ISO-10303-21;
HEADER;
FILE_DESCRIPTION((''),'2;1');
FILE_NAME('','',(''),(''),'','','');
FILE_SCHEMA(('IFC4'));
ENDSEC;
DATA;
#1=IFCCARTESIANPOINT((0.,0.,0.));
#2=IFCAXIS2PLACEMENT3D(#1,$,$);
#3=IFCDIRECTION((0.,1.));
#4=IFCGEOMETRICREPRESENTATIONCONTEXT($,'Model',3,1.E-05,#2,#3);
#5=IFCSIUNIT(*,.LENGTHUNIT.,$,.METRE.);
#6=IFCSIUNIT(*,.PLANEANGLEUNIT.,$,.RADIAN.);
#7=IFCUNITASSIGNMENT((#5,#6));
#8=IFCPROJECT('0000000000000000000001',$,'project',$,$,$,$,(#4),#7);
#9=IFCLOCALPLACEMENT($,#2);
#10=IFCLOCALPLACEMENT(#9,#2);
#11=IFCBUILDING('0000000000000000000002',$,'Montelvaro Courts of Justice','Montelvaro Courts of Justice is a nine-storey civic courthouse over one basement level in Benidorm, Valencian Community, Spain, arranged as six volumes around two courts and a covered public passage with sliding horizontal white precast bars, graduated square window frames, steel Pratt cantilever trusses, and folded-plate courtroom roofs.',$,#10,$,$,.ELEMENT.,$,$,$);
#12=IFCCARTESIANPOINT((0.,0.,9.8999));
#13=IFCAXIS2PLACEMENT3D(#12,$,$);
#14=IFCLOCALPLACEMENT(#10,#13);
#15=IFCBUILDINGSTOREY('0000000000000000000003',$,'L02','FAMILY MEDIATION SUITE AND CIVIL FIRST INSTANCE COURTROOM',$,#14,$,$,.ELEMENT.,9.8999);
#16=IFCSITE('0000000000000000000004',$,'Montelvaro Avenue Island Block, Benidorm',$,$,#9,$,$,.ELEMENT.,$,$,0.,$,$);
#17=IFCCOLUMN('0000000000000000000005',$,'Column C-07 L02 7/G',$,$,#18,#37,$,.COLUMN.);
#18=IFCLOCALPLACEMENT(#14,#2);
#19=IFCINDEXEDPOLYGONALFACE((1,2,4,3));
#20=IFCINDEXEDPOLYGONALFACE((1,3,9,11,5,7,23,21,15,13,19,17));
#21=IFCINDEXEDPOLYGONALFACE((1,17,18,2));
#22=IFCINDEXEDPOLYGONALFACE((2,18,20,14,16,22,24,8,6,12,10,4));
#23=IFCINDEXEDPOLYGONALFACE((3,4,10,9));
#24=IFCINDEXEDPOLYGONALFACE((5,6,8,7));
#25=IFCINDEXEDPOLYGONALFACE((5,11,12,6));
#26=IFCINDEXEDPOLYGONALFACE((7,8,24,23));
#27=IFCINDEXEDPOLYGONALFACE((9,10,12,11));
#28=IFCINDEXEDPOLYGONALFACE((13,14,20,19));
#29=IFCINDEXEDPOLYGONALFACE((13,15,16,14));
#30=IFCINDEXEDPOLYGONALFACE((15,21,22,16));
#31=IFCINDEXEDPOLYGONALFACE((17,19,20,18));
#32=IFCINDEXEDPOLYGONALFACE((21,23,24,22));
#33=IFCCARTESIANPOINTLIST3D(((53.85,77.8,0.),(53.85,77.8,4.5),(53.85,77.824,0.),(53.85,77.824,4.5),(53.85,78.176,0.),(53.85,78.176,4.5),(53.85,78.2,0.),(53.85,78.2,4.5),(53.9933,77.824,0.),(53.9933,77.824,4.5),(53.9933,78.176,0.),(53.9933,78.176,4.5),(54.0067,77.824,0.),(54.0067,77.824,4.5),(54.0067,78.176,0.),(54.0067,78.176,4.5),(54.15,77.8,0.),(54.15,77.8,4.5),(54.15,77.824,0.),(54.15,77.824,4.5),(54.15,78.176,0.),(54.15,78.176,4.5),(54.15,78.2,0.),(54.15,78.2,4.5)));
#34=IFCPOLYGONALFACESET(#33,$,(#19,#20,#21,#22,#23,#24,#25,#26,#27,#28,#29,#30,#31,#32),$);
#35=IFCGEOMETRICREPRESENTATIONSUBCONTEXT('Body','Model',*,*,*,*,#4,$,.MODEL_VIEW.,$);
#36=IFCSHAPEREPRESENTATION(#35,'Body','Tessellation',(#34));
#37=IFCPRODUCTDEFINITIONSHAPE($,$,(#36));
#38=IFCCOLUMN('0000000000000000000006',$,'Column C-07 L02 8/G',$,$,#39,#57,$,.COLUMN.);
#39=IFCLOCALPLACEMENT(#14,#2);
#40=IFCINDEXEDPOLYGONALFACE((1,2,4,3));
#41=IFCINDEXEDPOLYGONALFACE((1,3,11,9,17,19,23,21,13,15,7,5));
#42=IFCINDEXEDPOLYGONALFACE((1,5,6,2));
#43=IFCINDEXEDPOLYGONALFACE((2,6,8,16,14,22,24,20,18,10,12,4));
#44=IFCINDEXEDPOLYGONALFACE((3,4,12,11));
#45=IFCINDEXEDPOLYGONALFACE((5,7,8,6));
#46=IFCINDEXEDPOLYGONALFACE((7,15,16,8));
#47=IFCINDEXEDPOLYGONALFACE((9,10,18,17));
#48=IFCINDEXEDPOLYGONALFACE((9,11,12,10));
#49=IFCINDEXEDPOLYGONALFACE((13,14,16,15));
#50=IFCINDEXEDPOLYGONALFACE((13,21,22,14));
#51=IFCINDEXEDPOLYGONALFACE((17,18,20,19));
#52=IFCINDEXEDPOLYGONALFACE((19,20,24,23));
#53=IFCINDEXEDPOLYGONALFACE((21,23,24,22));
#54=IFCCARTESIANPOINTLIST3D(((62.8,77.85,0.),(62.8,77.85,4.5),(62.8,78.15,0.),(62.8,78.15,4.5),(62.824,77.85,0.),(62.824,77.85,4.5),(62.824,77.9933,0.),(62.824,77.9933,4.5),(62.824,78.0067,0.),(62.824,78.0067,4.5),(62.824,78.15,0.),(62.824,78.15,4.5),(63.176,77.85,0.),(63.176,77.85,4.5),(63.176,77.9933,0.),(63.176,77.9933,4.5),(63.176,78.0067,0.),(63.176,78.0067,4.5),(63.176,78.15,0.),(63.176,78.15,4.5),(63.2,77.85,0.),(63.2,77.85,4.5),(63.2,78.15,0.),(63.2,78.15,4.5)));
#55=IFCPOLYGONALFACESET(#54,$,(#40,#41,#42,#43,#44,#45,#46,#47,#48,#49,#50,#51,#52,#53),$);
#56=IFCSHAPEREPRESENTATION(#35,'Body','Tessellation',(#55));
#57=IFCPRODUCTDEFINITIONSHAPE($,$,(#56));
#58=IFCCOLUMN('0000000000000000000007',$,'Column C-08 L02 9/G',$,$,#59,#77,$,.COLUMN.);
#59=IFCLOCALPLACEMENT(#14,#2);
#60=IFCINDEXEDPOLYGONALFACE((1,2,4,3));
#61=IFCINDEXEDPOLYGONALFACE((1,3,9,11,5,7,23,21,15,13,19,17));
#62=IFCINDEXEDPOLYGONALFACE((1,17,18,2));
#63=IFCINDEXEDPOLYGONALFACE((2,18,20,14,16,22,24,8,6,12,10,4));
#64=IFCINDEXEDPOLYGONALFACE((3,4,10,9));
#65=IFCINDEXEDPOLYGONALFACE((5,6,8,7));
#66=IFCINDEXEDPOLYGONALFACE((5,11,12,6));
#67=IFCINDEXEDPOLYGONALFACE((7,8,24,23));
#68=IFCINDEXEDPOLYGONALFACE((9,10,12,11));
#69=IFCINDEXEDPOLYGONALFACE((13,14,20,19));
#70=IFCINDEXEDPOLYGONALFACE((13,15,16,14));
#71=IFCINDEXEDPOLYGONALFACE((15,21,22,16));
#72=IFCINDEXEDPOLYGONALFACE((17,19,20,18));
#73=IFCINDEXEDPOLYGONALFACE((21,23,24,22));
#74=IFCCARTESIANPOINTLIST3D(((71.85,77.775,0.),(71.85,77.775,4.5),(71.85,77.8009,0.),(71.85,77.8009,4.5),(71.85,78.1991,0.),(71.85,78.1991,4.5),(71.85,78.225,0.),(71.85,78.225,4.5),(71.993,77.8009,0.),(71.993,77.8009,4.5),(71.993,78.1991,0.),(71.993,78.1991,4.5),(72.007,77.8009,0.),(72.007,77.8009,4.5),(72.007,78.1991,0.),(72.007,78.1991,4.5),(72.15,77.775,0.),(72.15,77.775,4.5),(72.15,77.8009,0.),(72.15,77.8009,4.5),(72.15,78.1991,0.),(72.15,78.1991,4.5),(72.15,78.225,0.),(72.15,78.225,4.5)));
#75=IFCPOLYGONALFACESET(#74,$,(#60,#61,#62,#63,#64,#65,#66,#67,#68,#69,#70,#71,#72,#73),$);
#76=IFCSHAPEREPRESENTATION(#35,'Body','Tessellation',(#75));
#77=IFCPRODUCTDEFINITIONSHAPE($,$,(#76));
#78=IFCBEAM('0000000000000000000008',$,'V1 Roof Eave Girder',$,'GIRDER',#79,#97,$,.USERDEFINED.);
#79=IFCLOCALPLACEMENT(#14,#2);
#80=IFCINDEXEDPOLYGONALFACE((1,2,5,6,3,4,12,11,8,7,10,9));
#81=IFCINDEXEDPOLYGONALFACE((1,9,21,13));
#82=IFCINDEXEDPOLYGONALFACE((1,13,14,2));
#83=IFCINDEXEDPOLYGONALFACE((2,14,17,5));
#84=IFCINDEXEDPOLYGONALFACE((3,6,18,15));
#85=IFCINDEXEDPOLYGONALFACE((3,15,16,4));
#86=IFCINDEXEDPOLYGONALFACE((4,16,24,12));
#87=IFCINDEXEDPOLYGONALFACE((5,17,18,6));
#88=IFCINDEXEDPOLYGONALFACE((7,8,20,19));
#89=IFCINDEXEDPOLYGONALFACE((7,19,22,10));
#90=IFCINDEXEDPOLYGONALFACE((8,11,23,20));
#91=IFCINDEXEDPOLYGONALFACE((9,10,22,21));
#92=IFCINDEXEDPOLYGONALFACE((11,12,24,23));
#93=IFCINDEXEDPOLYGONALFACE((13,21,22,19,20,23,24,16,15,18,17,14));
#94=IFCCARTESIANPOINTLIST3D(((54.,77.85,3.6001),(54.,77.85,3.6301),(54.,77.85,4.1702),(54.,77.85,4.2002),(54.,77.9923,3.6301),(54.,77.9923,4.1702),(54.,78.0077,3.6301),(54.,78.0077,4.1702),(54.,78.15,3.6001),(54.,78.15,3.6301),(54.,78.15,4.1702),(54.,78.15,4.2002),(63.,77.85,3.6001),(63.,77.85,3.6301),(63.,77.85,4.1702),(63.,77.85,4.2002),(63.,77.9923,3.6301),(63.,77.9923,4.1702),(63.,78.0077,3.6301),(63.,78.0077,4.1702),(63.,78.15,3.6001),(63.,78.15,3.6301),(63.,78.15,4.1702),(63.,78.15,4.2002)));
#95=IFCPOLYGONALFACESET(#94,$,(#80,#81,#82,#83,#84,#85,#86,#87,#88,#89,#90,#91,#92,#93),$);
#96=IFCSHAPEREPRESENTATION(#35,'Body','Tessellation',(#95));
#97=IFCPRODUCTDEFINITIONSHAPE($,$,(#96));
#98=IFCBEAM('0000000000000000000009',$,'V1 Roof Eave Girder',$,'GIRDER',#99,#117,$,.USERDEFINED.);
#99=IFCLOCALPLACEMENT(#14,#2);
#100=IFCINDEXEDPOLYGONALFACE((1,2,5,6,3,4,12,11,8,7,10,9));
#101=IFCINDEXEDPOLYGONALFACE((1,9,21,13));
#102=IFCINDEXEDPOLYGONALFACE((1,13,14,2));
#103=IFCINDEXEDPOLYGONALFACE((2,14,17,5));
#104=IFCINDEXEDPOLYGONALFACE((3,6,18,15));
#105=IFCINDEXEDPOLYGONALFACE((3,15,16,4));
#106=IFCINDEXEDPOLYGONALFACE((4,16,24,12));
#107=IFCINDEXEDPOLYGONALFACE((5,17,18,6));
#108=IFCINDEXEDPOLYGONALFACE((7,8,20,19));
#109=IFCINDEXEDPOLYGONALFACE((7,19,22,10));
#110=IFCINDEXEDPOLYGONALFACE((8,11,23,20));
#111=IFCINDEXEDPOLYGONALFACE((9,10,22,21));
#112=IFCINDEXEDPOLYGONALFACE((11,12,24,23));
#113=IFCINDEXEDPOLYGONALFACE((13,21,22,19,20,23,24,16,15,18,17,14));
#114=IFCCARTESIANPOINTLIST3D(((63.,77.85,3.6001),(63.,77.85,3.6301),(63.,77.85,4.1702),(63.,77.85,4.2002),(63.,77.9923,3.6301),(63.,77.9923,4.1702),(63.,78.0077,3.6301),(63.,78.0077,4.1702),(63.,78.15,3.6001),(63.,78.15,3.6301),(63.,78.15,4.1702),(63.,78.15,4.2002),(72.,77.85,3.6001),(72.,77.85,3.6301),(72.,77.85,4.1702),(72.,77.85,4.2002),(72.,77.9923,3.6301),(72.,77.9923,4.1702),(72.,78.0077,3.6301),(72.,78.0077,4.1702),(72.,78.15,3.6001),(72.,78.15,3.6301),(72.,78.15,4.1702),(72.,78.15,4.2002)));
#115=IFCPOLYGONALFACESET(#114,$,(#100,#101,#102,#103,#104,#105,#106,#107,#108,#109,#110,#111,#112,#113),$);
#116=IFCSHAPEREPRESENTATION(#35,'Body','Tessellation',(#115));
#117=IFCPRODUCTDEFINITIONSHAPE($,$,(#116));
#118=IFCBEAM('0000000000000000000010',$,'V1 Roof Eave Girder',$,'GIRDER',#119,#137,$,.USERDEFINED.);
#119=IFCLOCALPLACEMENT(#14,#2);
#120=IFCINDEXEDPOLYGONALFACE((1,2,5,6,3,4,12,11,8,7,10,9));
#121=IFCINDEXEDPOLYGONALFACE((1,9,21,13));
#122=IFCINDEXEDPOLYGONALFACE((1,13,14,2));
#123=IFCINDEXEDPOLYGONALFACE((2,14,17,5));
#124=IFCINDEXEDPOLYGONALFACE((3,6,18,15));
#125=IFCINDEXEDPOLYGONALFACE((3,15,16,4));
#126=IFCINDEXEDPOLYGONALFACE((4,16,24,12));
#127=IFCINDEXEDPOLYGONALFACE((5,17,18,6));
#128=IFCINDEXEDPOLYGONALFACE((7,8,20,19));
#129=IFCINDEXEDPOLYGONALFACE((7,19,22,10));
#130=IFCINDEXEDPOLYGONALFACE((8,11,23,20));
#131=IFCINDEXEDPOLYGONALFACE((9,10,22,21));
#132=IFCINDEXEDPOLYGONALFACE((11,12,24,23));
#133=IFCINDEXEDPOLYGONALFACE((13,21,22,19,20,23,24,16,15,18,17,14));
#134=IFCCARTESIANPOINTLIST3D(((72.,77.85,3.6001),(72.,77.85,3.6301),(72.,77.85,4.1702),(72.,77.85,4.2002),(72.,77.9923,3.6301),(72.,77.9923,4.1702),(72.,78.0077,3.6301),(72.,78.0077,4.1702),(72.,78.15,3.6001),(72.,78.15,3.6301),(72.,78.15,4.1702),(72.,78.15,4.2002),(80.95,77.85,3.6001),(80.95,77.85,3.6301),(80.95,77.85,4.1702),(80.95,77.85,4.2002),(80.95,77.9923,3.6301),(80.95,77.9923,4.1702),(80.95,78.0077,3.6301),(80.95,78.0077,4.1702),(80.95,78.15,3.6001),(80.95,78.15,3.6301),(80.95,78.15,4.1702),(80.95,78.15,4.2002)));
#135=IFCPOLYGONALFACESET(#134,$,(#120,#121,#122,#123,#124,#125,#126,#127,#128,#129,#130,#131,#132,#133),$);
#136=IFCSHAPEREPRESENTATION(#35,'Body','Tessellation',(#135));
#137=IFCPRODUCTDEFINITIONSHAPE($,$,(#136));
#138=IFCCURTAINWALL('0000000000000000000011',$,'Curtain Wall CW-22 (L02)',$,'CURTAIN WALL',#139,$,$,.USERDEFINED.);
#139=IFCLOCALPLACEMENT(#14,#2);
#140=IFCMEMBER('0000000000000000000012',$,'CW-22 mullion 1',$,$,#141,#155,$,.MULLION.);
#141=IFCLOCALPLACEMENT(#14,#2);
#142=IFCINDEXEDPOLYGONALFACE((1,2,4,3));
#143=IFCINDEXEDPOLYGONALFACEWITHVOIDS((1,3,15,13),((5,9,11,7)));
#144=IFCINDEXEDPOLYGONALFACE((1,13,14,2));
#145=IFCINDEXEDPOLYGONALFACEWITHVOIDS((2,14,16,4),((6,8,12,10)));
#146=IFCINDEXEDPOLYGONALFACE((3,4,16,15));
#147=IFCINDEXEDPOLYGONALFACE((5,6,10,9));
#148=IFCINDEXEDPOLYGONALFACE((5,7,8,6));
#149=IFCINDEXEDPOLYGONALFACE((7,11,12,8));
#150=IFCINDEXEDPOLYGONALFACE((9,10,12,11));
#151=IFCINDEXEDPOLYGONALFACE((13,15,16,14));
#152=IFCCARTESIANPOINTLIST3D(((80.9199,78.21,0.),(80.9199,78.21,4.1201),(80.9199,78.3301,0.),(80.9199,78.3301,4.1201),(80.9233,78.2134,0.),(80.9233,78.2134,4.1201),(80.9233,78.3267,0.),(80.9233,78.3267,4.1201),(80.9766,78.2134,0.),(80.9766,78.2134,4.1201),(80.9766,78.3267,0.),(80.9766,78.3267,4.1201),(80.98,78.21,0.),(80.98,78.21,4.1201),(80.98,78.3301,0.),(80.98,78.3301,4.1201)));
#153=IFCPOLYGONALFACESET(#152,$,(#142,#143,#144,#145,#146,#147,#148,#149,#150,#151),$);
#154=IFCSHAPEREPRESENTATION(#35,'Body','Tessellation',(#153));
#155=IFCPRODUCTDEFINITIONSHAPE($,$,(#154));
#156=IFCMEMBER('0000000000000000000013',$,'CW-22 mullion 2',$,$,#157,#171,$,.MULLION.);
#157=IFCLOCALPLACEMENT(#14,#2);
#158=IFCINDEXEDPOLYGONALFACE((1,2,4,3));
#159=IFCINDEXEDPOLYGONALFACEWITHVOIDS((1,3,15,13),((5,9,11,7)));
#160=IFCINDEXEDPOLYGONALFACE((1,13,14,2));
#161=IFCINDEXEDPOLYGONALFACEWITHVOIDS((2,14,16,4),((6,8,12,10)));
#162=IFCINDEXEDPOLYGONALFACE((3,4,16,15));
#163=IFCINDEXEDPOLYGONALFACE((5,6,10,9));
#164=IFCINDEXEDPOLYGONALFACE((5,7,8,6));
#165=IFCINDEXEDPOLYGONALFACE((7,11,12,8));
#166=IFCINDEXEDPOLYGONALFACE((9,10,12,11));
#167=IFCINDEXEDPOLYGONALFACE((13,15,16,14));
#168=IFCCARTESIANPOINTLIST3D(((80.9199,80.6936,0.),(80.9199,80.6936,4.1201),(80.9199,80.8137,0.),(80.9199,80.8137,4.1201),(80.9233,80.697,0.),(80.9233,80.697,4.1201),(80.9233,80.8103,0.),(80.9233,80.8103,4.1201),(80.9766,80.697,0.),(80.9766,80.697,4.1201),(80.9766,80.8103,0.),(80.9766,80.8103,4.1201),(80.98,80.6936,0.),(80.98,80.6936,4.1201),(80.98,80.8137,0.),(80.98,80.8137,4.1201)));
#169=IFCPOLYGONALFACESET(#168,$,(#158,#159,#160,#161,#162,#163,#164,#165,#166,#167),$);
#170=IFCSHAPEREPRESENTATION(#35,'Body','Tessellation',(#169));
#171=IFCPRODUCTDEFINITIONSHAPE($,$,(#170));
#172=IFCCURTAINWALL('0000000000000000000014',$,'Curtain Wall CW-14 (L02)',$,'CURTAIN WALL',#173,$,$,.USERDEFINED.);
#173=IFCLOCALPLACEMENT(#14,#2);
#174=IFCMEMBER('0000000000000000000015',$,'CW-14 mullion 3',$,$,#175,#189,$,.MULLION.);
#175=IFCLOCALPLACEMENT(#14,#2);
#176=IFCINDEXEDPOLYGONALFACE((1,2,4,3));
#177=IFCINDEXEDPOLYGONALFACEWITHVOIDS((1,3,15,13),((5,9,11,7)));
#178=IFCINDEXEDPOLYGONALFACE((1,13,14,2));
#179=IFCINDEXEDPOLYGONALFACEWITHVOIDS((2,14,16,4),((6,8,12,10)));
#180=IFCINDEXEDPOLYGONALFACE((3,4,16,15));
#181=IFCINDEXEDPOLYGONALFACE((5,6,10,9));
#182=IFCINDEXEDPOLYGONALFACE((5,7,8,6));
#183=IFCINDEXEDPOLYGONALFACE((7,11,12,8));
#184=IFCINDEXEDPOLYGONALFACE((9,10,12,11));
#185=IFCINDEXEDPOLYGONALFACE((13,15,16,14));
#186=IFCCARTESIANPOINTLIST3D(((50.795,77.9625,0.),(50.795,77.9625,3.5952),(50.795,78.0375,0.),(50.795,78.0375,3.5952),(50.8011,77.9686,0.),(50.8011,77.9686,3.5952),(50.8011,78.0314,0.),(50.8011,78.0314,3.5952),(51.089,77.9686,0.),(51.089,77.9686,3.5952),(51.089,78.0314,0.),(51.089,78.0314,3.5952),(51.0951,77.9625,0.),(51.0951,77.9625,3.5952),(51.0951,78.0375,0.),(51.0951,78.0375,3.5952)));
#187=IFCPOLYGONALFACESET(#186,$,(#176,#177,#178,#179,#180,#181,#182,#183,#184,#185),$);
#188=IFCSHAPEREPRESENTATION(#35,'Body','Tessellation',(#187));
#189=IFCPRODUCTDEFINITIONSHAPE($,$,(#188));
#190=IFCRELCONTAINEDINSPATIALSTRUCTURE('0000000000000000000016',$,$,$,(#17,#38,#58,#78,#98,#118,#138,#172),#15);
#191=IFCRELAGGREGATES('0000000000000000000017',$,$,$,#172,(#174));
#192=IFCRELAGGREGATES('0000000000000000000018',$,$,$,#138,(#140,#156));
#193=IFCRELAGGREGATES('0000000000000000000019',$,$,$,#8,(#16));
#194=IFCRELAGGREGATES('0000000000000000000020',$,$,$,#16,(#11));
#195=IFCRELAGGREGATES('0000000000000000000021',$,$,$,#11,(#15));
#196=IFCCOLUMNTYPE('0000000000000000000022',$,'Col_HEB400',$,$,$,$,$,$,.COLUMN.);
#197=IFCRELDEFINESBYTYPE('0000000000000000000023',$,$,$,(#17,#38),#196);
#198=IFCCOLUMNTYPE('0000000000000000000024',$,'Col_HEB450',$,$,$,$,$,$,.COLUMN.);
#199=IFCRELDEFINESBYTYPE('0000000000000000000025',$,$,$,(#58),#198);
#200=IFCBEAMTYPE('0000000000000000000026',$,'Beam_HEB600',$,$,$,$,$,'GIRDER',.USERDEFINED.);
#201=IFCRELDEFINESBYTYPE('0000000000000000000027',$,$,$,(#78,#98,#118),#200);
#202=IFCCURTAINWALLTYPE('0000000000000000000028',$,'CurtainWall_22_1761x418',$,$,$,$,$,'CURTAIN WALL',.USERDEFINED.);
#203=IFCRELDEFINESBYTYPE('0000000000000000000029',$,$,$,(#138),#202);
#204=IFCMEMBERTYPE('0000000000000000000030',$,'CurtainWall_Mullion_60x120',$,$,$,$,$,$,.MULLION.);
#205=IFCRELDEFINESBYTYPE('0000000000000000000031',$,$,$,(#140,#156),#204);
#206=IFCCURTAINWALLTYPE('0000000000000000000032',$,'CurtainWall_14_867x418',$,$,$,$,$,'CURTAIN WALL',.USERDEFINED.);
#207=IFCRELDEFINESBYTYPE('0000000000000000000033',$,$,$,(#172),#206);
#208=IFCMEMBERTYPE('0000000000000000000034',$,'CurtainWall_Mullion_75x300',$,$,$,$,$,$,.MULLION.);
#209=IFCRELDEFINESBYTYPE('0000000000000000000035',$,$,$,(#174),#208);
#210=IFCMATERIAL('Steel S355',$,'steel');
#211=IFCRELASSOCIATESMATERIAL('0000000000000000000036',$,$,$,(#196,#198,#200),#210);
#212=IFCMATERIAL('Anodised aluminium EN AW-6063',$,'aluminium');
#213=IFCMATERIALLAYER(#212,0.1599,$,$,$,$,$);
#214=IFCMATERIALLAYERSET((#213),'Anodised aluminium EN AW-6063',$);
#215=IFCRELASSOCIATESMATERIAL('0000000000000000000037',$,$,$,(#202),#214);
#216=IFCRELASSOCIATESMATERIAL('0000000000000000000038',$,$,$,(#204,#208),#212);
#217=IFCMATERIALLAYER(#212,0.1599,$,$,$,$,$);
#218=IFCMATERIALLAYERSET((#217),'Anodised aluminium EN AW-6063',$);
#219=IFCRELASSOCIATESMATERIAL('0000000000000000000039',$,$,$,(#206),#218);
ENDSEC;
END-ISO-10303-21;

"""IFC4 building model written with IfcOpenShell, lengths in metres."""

from ifc_helpers import new_model, si_unit, direction, frame, origin, origin_2d, place, context, subcontext, project, spatial, hollow_rectangle, i_section, extrude, material, layer, layer_set, material_profile, profile_set, type_object, element, aggregate, save


model = new_model("IFC4")

# Units and contexts
model_context = context("Model", 3, precision=1e-05, world=origin(), true_north=direction((0.0, 1.0)))
body_context = subcontext(model_context, "Body", "Model", "MODEL_VIEW")
ifc_project = project(units=[si_unit("LENGTHUNIT", "METRE"), si_unit("PLANEANGLEUNIT", "RADIAN")], contexts=[model_context])

# Site, building, storey
site_placement = place(None, origin())
site = spatial("IfcSite", under=ifc_project, at=site_placement, Name="Montelvaro Avenue Island Block, Benidorm", CompositionType="ELEMENT", RefElevation=0.0)
building_placement = place(site_placement, origin())
building = spatial("IfcBuilding", under=site, at=building_placement, Name="Montelvaro Courts of Justice", Description="Montelvaro Courts of Justice is a nine-storey civic courthouse over one basement level in Benidorm, Valencian Community, Spain, arranged as six volumes around two courts and a covered public passage with sliding horizontal white precast bars, graduated square window frames, steel Pratt cantilever trusses, and folded-plate courtroom roofs.", CompositionType="ELEMENT")
storey_placement = place(building_placement, frame((0.0, 0.0, 9.8999)))
storey = spatial("IfcBuildingStorey", under=building, at=storey_placement, Name="L02", Description="FAMILY MEDIATION SUITE AND CIVIL FIRST INSTANCE COURTROOM", CompositionType="ELEMENT", Elevation=9.8999)

# Columns
ifc_material_1 = material(Name="Steel S355", Category="steel")
ifc_material_profile_1 = material_profile(ifc_material_1, i_section(OverallWidth=0.3, OverallDepth=0.3999, WebThickness=0.0134, FlangeThickness=0.0239, at=origin_2d()), Name="HEB 400")
ifc_profile_set_1 = profile_set([ifc_material_profile_1], Name="Steel S355")
column_type_1 = type_object("IfcColumnType", Name="Col_HEB400", PredefinedType="COLUMN", material=ifc_profile_set_1)
for number, where, z_axis, x_axis, name in (
    (1, (54.0, 78.0, 0.0), (0.0, 0.0, 1.0), (1.0, 0.0, 0.0), "Column C-07 L02 7/G"),
    (2, (63.0, 78.0, 0.0), (0.0, 0.0, 1.0), (0.0, 1.0, 0.0), "Column C-07 L02 8/G"),
):
    element("IfcColumn", number, at=place(storey_placement, frame(where, z_axis=z_axis, x_axis=x_axis)), inside=storey, type_object=column_type_1, Name=name, PredefinedType="COLUMN", context=body_context, shape_type="SweptSolid", body=[
        extrude(i_section(OverallWidth=0.3, OverallDepth=0.3999, WebThickness=0.0134, FlangeThickness=0.0239, at=origin_2d()), origin(), (0.0, 0.0, 1.0), 4.5),
    ])
ifc_material_profile_2 = material_profile(ifc_material_1, i_section(OverallWidth=0.3, OverallDepth=0.45, WebThickness=0.0139, FlangeThickness=0.0259, at=origin_2d()), Name="HEB 450")
ifc_profile_set_2 = profile_set([ifc_material_profile_2], Name="Steel S355")
column_type_2 = type_object("IfcColumnType", Name="Col_HEB450", PredefinedType="COLUMN", material=ifc_profile_set_2)
column_placement = place(storey_placement, frame((72.0, 78.0, 0.0), z_axis=(0.0, 0.0, 1.0), x_axis=(1.0, 0.0, 0.0)))
element("IfcColumn", 3, at=column_placement, inside=storey, type_object=column_type_2, Name="Column C-08 L02 9/G", PredefinedType="COLUMN", context=body_context, shape_type="SweptSolid", body=[
    extrude(i_section(OverallWidth=0.3, OverallDepth=0.45, WebThickness=0.0139, FlangeThickness=0.0259, at=origin_2d()), origin(), (0.0, 0.0, 1.0), 4.5),
])

# Beams
ifc_material_profile_3 = material_profile(ifc_material_1, i_section(OverallWidth=0.3, OverallDepth=0.6001, WebThickness=0.0154, FlangeThickness=0.03, at=origin_2d()), Name="HEB 600")
ifc_profile_set_3 = profile_set([ifc_material_profile_3], Name="Steel S355")
beam_type = type_object("IfcBeamType", Name="Beam_HEB600", ElementType="GIRDER", PredefinedType="USERDEFINED", material=ifc_profile_set_3)
for number, where, z_axis, x_axis, name in (
    (4, (54.0, 78.0, 3.9001), (1.0, 0.0, 0.0), (0.0, 1.0, 0.0), "V1 Roof Eave Girder"),
    (5, (63.0, 78.0, 3.9001), (1.0, 0.0, 0.0), (0.0, 1.0, 0.0), "V1 Roof Eave Girder"),
):
    element("IfcBeam", number, at=place(storey_placement, frame(where, z_axis=z_axis, x_axis=x_axis)), inside=storey, type_object=beam_type, Name=name, ObjectType="GIRDER", PredefinedType="USERDEFINED", context=body_context, shape_type="SweptSolid", body=[
        extrude(i_section(OverallWidth=0.3, OverallDepth=0.6001, WebThickness=0.0154, FlangeThickness=0.03, at=origin_2d()), origin(), (0.0, 0.0, 1.0), 9.0),
    ])
beam_placement = place(storey_placement, frame((72.0, 78.0, 3.9001), z_axis=(1.0, 0.0, 0.0), x_axis=(0.0, 1.0, 0.0)))
element("IfcBeam", 6, at=beam_placement, inside=storey, type_object=beam_type, Name="V1 Roof Eave Girder", ObjectType="GIRDER", PredefinedType="USERDEFINED", context=body_context, shape_type="SweptSolid", body=[
    extrude(i_section(OverallWidth=0.3, OverallDepth=0.6001, WebThickness=0.0154, FlangeThickness=0.03, at=origin_2d()), origin(), (0.0, 0.0, 1.0), 8.95),
])

# Curtain walls, members
ifc_material_2 = material(Name="Anodised aluminium EN AW-6063", Category="aluminium")
ifc_layer_1 = layer(ifc_material_2, 0.1599)
ifc_layer_set_1 = layer_set([ifc_layer_1], Name="Anodised aluminium EN AW-6063")
curtain_wall_type_1 = type_object("IfcCurtainWallType", Name="CurtainWall_22_1761x418", ElementType="CURTAIN WALL", PredefinedType="USERDEFINED", material=ifc_layer_set_1)
curtain_wall_1_placement = place(storey_placement, origin())
curtain_wall_1 = element("IfcCurtainWall", 7, at=curtain_wall_1_placement, inside=storey, type_object=curtain_wall_type_1, Name="Curtain Wall CW-22 (L02)", ObjectType="CURTAIN WALL", PredefinedType="USERDEFINED")
ifc_material_profile_4 = material_profile(ifc_material_2, hollow_rectangle(XDim=0.0601, YDim=0.1201, WallThickness=0.0034, at=origin_2d()), Name="ALU-M 60x120")
ifc_profile_set_4 = profile_set([ifc_material_profile_4], Name="Anodised aluminium EN AW-6063")
member_type_1 = type_object("IfcMemberType", Name="CurtainWall_Mullion_60x120", PredefinedType="MULLION", material=ifc_profile_set_4)
member_1_placement = place(storey_placement, frame((80.95, 78.27, 0.0), z_axis=(0.0, 0.0, 1.0), x_axis=(-1.0, 0.0, 0.0)))
member_1 = element("IfcMember", 8, at=member_1_placement, type_object=member_type_1, Name="CW-22 mullion 1", PredefinedType="MULLION", context=body_context, shape_type="SweptSolid", body=[
    extrude(hollow_rectangle(XDim=0.0601, YDim=0.1201, WallThickness=0.0034, at=origin_2d()), origin(), (0.0, 0.0, 1.0), 4.1201),
])
member_2_placement = place(storey_placement, frame((80.95, 80.7537, 0.0), z_axis=(0.0, 0.0, 1.0), x_axis=(-1.0, 0.0, 0.0)))
member_2 = element("IfcMember", 9, at=member_2_placement, type_object=member_type_1, Name="CW-22 mullion 2", PredefinedType="MULLION", context=body_context, shape_type="SweptSolid", body=[
    extrude(hollow_rectangle(XDim=0.0601, YDim=0.1201, WallThickness=0.0034, at=origin_2d()), origin(), (0.0, 0.0, 1.0), 4.1201),
])
ifc_layer_2 = layer(ifc_material_2, 0.1599)
ifc_layer_set_2 = layer_set([ifc_layer_2], Name="Anodised aluminium EN AW-6063")
curtain_wall_type_2 = type_object("IfcCurtainWallType", Name="CurtainWall_14_867x418", ElementType="CURTAIN WALL", PredefinedType="USERDEFINED", material=ifc_layer_set_2)
curtain_wall_2_placement = place(storey_placement, origin())
curtain_wall_2 = element("IfcCurtainWall", 10, at=curtain_wall_2_placement, inside=storey, type_object=curtain_wall_type_2, Name="Curtain Wall CW-14 (L02)", ObjectType="CURTAIN WALL", PredefinedType="USERDEFINED")
ifc_material_profile_5 = material_profile(ifc_material_2, hollow_rectangle(XDim=0.075, YDim=0.3, WallThickness=0.0061, at=origin_2d()), Name="ALU-M 75x300")
ifc_profile_set_5 = profile_set([ifc_material_profile_5], Name="Anodised aluminium EN AW-6063")
member_type_2 = type_object("IfcMemberType", Name="CurtainWall_Mullion_75x300", PredefinedType="MULLION", material=ifc_profile_set_5)
member_3_placement = place(storey_placement, frame((50.9451, 78.0, 0.0), z_axis=(0.0, 0.0, 1.0), x_axis=(0.0, 1.0, 0.0)))
member_3 = element("IfcMember", 11, at=member_3_placement, type_object=member_type_2, Name="CW-14 mullion 3", PredefinedType="MULLION", context=body_context, shape_type="SweptSolid", body=[
    extrude(hollow_rectangle(XDim=0.075, YDim=0.3, WallThickness=0.0061, at=origin_2d()), origin(), (0.0, 0.0, 1.0), 3.5952),
])

aggregate(curtain_wall_2, [member_3])
aggregate(curtain_wall_1, [member_1, member_2])

save(model, "model.ifc")
